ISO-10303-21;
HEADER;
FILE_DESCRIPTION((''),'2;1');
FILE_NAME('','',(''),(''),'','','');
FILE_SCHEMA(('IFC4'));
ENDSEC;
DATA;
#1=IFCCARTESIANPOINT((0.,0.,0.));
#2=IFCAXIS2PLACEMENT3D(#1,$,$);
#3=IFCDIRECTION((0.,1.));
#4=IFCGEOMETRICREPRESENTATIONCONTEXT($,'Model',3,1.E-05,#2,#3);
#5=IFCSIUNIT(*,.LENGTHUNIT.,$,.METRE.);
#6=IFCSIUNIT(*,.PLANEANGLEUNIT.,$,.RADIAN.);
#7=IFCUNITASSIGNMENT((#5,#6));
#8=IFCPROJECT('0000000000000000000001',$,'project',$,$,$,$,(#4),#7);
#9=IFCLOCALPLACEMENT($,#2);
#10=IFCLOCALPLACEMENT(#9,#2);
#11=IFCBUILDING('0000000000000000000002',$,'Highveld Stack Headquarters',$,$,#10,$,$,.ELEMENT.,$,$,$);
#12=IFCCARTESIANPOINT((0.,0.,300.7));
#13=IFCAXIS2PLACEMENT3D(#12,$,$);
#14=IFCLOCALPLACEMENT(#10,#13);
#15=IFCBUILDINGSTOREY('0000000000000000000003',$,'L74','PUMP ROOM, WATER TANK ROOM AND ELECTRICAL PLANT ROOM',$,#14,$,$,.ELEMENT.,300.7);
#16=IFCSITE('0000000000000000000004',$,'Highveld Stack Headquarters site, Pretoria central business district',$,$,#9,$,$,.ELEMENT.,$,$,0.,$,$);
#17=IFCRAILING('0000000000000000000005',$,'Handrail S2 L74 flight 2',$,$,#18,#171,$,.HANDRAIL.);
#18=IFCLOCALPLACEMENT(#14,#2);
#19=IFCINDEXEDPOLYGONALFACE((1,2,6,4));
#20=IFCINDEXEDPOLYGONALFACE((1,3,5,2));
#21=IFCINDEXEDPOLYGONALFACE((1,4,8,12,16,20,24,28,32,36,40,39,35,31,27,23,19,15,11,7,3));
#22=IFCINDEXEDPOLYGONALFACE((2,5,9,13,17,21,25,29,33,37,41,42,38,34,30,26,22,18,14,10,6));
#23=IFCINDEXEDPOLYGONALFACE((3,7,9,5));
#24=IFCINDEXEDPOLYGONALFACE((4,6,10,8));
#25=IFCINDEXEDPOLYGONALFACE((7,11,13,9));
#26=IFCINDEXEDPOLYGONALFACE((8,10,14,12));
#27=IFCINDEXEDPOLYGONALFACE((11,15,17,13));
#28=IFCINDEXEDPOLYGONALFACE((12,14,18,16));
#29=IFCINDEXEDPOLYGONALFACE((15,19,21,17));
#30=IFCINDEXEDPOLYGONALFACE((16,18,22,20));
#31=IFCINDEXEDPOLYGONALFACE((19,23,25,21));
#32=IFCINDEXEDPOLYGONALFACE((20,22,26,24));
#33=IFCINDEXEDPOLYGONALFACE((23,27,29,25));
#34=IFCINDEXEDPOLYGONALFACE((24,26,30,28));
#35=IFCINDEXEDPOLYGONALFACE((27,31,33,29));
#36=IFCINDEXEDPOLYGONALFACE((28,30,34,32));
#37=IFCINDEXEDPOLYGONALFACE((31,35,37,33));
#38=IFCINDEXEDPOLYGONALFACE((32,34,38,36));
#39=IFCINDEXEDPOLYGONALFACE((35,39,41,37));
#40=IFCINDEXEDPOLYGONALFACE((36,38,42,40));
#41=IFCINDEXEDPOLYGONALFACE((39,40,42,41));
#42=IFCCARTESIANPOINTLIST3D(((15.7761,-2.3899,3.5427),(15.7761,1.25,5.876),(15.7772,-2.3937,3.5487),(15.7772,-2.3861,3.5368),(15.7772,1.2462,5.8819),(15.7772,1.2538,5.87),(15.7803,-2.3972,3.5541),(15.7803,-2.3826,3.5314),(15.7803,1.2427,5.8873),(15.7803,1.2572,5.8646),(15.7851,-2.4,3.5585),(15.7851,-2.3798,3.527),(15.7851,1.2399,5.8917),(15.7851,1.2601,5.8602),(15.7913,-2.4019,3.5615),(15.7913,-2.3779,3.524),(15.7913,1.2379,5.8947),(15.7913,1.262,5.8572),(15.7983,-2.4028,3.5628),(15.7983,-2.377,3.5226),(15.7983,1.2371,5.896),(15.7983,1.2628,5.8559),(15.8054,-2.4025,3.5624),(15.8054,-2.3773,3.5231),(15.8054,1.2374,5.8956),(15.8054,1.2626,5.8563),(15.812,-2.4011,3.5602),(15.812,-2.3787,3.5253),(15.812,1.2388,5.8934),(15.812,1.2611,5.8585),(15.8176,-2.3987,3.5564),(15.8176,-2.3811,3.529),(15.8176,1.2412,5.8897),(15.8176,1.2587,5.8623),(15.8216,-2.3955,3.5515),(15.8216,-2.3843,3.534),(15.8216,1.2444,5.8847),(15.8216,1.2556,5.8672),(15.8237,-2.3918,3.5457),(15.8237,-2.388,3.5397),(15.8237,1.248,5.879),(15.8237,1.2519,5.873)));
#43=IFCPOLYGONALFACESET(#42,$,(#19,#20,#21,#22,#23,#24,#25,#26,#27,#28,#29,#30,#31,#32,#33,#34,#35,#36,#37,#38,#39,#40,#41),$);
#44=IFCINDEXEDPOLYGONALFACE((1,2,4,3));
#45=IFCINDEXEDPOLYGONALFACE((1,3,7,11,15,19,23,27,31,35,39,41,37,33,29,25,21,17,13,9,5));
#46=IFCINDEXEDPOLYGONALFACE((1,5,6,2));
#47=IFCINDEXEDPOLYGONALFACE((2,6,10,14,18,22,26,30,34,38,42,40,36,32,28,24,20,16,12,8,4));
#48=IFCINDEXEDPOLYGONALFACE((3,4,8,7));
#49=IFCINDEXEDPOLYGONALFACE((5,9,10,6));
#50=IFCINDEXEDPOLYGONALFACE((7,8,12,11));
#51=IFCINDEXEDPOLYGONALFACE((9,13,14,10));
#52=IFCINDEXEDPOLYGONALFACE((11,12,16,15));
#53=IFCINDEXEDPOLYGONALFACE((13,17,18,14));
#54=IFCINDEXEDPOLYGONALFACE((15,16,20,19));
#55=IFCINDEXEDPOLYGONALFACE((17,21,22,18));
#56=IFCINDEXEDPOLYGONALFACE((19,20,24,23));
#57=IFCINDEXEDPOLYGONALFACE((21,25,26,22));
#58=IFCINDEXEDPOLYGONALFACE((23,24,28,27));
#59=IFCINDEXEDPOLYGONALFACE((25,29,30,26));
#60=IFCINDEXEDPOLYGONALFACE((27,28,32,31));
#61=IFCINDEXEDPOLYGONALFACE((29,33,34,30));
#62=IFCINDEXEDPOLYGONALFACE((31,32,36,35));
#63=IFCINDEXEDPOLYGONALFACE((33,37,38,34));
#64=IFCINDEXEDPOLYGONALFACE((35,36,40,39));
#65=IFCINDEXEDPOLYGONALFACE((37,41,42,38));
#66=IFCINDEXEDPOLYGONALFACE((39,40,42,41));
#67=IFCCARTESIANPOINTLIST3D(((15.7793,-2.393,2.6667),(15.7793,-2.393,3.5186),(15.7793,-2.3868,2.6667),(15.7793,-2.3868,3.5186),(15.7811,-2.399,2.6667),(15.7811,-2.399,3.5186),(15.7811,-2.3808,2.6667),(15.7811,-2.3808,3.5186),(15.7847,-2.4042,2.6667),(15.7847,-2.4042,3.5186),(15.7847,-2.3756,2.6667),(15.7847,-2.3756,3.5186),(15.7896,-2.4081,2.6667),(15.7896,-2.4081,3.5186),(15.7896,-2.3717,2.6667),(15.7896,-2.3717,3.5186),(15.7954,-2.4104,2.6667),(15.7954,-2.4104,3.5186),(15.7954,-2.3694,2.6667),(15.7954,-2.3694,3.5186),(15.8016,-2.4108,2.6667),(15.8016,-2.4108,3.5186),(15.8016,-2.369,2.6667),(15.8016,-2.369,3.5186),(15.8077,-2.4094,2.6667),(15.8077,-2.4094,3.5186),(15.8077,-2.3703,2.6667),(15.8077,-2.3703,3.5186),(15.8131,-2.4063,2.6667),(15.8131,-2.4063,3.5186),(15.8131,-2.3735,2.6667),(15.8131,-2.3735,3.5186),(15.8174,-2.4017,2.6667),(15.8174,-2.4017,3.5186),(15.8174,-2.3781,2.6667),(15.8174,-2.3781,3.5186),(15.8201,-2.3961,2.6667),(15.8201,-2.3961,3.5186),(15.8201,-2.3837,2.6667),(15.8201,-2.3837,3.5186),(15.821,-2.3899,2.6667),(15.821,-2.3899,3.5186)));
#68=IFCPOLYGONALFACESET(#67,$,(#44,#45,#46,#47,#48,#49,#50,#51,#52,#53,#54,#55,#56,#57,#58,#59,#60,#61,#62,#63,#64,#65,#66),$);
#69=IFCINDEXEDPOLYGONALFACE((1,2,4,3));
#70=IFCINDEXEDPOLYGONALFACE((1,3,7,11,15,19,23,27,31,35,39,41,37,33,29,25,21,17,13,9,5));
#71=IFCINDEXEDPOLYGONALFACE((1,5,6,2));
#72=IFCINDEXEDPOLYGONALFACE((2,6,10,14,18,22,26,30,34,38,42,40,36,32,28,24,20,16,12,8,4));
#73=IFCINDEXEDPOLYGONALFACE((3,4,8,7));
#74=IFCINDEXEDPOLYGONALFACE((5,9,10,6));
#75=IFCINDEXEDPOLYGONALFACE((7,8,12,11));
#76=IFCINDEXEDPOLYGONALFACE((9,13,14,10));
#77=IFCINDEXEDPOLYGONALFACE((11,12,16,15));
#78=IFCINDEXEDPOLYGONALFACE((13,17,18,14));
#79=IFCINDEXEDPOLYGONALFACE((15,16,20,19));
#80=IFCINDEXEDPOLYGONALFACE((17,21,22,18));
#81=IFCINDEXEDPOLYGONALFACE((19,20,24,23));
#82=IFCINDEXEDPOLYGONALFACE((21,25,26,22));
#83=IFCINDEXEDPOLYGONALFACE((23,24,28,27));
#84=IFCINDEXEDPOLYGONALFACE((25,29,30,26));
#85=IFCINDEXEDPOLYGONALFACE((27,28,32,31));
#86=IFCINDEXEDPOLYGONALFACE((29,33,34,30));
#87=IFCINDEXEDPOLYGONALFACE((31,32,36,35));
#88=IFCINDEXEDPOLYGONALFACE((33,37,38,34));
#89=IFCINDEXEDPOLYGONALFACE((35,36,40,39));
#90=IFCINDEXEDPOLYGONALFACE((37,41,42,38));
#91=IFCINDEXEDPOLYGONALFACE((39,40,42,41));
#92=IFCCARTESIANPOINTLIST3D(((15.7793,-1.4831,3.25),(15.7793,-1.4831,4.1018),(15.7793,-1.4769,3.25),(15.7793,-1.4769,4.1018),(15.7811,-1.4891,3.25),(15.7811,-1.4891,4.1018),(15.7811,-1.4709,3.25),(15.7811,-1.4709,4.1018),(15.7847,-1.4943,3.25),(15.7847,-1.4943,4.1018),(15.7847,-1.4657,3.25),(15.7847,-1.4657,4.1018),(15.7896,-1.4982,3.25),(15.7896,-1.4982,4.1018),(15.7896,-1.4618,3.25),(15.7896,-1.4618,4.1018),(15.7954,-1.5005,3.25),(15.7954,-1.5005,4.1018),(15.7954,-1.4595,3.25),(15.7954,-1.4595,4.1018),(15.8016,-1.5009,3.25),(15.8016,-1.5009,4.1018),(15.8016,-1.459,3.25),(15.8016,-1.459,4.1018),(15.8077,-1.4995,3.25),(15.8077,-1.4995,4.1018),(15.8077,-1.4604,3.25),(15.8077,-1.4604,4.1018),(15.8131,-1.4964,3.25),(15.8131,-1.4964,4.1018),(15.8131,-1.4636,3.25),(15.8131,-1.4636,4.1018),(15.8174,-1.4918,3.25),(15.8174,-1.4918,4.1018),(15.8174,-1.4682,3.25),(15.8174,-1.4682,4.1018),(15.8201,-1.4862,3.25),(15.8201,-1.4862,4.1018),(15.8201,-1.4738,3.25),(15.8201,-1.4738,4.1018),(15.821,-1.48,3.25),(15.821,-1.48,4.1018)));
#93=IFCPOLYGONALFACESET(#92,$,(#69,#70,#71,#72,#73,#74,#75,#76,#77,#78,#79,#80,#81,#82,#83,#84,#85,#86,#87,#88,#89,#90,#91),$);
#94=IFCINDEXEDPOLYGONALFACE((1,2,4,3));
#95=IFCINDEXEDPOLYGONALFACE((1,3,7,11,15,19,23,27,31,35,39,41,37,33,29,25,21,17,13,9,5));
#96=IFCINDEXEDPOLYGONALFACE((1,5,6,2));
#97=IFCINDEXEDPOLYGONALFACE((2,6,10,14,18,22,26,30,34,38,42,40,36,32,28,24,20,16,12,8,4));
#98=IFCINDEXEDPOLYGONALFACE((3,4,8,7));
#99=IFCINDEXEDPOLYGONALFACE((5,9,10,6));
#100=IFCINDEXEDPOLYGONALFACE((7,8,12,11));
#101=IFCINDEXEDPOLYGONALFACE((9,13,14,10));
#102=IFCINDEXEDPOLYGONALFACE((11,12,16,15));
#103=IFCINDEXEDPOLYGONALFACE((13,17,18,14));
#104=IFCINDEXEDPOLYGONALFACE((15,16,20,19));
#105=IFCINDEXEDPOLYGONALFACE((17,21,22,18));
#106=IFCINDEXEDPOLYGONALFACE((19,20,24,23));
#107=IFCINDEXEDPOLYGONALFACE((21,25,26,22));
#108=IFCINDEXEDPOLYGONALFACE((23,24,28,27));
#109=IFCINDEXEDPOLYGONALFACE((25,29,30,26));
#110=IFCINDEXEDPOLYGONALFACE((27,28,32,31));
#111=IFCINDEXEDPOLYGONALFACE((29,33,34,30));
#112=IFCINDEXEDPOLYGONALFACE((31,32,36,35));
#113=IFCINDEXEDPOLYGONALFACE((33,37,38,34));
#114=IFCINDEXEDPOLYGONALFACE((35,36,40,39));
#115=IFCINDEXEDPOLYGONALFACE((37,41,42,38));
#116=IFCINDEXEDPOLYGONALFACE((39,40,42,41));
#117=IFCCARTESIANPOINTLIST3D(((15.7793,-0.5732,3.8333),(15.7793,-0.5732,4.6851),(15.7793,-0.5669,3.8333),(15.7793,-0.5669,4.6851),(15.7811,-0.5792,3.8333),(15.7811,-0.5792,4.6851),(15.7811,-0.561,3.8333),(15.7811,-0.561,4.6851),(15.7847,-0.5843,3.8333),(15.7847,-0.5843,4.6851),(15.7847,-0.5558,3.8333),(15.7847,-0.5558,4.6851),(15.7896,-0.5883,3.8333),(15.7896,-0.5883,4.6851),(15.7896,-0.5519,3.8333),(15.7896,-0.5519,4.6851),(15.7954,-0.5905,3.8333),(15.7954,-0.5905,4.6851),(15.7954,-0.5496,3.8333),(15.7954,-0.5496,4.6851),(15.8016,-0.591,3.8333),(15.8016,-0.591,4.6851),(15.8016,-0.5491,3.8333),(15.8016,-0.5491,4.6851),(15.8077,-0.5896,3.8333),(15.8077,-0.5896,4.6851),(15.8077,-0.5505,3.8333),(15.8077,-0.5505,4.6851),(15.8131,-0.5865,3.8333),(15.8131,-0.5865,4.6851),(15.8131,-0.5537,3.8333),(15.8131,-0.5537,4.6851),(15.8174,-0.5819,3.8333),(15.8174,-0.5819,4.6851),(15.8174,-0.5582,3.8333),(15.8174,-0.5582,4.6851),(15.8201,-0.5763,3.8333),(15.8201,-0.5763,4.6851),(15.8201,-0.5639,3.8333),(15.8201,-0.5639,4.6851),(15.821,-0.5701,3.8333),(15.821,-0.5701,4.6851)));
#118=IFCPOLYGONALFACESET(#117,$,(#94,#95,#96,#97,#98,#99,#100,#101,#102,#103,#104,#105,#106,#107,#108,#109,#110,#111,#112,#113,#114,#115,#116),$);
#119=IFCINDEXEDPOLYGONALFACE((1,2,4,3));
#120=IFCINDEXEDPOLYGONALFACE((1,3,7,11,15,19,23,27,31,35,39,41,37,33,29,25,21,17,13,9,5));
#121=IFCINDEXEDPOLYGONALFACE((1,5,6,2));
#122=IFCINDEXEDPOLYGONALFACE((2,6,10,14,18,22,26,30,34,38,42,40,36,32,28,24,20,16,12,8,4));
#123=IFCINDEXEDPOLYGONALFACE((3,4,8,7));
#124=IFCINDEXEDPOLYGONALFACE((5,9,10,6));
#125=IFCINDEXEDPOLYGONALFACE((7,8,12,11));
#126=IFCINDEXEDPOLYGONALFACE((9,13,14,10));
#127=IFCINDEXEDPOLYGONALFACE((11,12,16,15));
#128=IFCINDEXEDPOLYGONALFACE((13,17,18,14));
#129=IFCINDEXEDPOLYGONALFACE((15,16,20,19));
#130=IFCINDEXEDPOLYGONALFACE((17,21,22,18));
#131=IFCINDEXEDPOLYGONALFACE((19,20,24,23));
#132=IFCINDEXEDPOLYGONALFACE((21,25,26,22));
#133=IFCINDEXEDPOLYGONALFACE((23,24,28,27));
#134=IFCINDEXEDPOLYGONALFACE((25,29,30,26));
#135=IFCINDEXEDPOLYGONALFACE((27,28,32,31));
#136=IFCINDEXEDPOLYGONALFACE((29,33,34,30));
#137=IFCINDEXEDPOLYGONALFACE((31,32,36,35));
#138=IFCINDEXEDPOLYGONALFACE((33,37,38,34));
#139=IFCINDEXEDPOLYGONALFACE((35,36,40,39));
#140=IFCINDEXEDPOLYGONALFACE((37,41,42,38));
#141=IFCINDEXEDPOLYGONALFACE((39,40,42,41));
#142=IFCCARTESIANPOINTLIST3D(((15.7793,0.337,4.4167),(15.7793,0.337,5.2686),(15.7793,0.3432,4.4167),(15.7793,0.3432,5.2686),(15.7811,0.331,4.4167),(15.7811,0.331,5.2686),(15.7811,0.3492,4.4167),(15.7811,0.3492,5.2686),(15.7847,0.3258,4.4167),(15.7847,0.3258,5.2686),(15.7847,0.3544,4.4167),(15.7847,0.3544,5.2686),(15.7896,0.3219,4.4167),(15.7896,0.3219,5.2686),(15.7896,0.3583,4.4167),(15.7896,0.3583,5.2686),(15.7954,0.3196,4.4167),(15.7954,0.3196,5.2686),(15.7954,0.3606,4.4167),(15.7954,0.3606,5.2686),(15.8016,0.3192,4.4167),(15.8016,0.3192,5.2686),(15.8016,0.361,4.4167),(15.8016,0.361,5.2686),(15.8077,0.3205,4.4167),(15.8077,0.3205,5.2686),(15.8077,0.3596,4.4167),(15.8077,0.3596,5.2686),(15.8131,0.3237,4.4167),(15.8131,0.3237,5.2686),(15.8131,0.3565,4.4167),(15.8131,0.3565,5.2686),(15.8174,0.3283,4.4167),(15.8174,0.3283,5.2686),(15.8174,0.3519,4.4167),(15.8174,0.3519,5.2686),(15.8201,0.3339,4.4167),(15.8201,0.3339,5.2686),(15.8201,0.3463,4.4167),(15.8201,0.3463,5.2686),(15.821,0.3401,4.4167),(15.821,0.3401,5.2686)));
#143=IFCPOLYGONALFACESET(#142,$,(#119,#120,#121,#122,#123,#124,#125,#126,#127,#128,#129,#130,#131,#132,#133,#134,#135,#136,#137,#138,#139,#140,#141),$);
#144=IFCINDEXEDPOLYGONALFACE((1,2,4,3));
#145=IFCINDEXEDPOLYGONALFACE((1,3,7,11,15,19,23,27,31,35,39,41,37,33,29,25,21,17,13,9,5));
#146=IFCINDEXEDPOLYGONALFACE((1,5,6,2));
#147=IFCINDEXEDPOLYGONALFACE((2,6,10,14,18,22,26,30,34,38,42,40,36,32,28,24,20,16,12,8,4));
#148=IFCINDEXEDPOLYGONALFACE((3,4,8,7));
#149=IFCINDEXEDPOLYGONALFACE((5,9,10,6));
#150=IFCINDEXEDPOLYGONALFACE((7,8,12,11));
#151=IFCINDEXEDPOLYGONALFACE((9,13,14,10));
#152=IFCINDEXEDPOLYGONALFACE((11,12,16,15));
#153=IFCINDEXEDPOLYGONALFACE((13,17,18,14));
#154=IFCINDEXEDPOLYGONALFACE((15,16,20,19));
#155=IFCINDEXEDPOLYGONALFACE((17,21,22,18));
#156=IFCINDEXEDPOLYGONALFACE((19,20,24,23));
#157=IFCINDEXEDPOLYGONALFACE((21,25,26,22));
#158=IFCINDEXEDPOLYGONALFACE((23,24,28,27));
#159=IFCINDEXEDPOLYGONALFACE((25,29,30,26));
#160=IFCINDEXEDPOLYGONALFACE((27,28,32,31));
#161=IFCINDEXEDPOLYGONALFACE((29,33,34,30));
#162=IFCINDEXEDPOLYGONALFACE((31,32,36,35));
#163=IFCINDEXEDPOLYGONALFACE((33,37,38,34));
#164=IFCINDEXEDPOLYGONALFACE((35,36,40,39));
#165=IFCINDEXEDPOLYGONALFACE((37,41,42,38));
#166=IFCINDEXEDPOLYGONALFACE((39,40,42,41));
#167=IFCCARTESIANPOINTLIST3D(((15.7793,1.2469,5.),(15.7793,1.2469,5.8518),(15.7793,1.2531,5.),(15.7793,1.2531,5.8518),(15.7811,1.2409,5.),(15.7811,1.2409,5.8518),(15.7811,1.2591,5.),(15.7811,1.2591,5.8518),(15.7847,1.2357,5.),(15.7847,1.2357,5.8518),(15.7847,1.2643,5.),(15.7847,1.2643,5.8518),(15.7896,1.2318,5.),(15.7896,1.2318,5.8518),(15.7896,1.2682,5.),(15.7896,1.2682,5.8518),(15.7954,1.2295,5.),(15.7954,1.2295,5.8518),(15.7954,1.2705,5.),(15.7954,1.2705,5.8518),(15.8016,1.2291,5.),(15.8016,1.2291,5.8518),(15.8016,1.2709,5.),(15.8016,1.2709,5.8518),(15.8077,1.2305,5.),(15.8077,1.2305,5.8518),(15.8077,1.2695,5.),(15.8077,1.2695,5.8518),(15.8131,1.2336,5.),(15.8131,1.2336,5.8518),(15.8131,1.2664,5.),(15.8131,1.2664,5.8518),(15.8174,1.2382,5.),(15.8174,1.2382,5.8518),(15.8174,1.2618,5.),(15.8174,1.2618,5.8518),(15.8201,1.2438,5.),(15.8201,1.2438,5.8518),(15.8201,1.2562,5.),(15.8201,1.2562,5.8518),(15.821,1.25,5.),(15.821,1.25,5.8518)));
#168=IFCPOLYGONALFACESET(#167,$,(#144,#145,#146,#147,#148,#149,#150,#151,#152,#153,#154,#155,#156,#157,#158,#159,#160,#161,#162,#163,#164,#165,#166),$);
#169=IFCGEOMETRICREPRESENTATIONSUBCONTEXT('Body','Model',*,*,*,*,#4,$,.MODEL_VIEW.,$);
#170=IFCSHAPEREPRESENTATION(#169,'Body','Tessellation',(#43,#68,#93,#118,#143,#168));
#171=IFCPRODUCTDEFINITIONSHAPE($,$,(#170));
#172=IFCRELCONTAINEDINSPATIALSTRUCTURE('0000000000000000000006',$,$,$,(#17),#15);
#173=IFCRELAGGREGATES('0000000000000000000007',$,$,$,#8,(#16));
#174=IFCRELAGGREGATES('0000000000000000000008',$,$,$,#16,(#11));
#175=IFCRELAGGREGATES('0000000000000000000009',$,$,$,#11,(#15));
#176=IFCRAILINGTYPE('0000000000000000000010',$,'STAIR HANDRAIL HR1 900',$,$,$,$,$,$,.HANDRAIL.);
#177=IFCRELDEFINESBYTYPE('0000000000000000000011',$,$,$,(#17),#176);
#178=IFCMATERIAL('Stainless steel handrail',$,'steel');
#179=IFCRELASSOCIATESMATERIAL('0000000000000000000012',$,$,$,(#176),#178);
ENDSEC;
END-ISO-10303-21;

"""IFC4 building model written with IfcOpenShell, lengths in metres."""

from ifc_helpers import new_model, si_unit, direction, frame, origin, origin_2d, place, context, subcontext, project, spatial, circle, extrude, material, type_object, element, save


model = new_model("IFC4")

# Units and contexts
model_context = context("Model", 3, precision=1e-05, world=origin(), true_north=direction((0.0, 1.0)))
body_context = subcontext(model_context, "Body", "Model", "MODEL_VIEW")
ifc_project = project(units=[si_unit("LENGTHUNIT", "METRE"), si_unit("PLANEANGLEUNIT", "RADIAN")], contexts=[model_context])

# Site, building, storey
site_placement = place(None, origin())
site = spatial("IfcSite", under=ifc_project, at=site_placement, Name="Highveld Stack Headquarters site, Pretoria central business district", CompositionType="ELEMENT", RefElevation=0.0)
building_placement = place(site_placement, origin())
building = spatial("IfcBuilding", under=site, at=building_placement, Name="Highveld Stack Headquarters", CompositionType="ELEMENT")
storey_placement = place(building_placement, frame((0.0, 0.0, 300.7)))
storey = spatial("IfcBuildingStorey", under=building, at=storey_placement, Name="L74", Description="PUMP ROOM, WATER TANK ROOM AND ELECTRICAL PLANT ROOM", CompositionType="ELEMENT", Elevation=300.7)

# Railing
ifc_material_1 = material(Name="Stainless steel handrail", Category="steel")
railing_type = type_object("IfcRailingType", Name="STAIR HANDRAIL HR1 900", PredefinedType="HANDRAIL", material=ifc_material_1)
for number, where, name in (
    (1, (15.8, -2.3899, 2.6667), "Handrail S2 L74 flight 2"),
):
    element("IfcRailing", number, at=place(storey_placement, frame(where)), inside=storey, type_object=railing_type, Name=name, PredefinedType="HANDRAIL", context=body_context, shape_type="SweptSolid", body=[
        extrude(circle(Radius=0.0239, at=origin_2d()), frame((0.0, 0.0, 0.876), z_axis=(0.0, 0.84188, 0.539664), x_axis=(-1.0, 0.0, 0.0)), (0.0, 0.0, 1.0), 4.3235),
        extrude(circle(Radius=0.021, at=origin_2d()), origin(), (0.0, 0.0, 1.0), 0.8518),
        extrude(circle(Radius=0.021, at=origin_2d()), frame((0.0, 0.9099, 0.5833)), (0.0, 0.0, 1.0), 0.8518),
        extrude(circle(Radius=0.021, at=origin_2d()), frame((0.0, 1.8198, 1.1665)), (0.0, 0.0, 1.0), 0.8518),
        extrude(circle(Radius=0.021, at=origin_2d()), frame((0.0, 2.73, 1.75)), (0.0, 0.0, 1.0), 0.8518),
        extrude(circle(Radius=0.021, at=origin_2d()), frame((0.0, 3.6399, 2.3333)), (0.0, 0.0, 1.0), 0.8518),
    ])

save(model, "model.ifc")
